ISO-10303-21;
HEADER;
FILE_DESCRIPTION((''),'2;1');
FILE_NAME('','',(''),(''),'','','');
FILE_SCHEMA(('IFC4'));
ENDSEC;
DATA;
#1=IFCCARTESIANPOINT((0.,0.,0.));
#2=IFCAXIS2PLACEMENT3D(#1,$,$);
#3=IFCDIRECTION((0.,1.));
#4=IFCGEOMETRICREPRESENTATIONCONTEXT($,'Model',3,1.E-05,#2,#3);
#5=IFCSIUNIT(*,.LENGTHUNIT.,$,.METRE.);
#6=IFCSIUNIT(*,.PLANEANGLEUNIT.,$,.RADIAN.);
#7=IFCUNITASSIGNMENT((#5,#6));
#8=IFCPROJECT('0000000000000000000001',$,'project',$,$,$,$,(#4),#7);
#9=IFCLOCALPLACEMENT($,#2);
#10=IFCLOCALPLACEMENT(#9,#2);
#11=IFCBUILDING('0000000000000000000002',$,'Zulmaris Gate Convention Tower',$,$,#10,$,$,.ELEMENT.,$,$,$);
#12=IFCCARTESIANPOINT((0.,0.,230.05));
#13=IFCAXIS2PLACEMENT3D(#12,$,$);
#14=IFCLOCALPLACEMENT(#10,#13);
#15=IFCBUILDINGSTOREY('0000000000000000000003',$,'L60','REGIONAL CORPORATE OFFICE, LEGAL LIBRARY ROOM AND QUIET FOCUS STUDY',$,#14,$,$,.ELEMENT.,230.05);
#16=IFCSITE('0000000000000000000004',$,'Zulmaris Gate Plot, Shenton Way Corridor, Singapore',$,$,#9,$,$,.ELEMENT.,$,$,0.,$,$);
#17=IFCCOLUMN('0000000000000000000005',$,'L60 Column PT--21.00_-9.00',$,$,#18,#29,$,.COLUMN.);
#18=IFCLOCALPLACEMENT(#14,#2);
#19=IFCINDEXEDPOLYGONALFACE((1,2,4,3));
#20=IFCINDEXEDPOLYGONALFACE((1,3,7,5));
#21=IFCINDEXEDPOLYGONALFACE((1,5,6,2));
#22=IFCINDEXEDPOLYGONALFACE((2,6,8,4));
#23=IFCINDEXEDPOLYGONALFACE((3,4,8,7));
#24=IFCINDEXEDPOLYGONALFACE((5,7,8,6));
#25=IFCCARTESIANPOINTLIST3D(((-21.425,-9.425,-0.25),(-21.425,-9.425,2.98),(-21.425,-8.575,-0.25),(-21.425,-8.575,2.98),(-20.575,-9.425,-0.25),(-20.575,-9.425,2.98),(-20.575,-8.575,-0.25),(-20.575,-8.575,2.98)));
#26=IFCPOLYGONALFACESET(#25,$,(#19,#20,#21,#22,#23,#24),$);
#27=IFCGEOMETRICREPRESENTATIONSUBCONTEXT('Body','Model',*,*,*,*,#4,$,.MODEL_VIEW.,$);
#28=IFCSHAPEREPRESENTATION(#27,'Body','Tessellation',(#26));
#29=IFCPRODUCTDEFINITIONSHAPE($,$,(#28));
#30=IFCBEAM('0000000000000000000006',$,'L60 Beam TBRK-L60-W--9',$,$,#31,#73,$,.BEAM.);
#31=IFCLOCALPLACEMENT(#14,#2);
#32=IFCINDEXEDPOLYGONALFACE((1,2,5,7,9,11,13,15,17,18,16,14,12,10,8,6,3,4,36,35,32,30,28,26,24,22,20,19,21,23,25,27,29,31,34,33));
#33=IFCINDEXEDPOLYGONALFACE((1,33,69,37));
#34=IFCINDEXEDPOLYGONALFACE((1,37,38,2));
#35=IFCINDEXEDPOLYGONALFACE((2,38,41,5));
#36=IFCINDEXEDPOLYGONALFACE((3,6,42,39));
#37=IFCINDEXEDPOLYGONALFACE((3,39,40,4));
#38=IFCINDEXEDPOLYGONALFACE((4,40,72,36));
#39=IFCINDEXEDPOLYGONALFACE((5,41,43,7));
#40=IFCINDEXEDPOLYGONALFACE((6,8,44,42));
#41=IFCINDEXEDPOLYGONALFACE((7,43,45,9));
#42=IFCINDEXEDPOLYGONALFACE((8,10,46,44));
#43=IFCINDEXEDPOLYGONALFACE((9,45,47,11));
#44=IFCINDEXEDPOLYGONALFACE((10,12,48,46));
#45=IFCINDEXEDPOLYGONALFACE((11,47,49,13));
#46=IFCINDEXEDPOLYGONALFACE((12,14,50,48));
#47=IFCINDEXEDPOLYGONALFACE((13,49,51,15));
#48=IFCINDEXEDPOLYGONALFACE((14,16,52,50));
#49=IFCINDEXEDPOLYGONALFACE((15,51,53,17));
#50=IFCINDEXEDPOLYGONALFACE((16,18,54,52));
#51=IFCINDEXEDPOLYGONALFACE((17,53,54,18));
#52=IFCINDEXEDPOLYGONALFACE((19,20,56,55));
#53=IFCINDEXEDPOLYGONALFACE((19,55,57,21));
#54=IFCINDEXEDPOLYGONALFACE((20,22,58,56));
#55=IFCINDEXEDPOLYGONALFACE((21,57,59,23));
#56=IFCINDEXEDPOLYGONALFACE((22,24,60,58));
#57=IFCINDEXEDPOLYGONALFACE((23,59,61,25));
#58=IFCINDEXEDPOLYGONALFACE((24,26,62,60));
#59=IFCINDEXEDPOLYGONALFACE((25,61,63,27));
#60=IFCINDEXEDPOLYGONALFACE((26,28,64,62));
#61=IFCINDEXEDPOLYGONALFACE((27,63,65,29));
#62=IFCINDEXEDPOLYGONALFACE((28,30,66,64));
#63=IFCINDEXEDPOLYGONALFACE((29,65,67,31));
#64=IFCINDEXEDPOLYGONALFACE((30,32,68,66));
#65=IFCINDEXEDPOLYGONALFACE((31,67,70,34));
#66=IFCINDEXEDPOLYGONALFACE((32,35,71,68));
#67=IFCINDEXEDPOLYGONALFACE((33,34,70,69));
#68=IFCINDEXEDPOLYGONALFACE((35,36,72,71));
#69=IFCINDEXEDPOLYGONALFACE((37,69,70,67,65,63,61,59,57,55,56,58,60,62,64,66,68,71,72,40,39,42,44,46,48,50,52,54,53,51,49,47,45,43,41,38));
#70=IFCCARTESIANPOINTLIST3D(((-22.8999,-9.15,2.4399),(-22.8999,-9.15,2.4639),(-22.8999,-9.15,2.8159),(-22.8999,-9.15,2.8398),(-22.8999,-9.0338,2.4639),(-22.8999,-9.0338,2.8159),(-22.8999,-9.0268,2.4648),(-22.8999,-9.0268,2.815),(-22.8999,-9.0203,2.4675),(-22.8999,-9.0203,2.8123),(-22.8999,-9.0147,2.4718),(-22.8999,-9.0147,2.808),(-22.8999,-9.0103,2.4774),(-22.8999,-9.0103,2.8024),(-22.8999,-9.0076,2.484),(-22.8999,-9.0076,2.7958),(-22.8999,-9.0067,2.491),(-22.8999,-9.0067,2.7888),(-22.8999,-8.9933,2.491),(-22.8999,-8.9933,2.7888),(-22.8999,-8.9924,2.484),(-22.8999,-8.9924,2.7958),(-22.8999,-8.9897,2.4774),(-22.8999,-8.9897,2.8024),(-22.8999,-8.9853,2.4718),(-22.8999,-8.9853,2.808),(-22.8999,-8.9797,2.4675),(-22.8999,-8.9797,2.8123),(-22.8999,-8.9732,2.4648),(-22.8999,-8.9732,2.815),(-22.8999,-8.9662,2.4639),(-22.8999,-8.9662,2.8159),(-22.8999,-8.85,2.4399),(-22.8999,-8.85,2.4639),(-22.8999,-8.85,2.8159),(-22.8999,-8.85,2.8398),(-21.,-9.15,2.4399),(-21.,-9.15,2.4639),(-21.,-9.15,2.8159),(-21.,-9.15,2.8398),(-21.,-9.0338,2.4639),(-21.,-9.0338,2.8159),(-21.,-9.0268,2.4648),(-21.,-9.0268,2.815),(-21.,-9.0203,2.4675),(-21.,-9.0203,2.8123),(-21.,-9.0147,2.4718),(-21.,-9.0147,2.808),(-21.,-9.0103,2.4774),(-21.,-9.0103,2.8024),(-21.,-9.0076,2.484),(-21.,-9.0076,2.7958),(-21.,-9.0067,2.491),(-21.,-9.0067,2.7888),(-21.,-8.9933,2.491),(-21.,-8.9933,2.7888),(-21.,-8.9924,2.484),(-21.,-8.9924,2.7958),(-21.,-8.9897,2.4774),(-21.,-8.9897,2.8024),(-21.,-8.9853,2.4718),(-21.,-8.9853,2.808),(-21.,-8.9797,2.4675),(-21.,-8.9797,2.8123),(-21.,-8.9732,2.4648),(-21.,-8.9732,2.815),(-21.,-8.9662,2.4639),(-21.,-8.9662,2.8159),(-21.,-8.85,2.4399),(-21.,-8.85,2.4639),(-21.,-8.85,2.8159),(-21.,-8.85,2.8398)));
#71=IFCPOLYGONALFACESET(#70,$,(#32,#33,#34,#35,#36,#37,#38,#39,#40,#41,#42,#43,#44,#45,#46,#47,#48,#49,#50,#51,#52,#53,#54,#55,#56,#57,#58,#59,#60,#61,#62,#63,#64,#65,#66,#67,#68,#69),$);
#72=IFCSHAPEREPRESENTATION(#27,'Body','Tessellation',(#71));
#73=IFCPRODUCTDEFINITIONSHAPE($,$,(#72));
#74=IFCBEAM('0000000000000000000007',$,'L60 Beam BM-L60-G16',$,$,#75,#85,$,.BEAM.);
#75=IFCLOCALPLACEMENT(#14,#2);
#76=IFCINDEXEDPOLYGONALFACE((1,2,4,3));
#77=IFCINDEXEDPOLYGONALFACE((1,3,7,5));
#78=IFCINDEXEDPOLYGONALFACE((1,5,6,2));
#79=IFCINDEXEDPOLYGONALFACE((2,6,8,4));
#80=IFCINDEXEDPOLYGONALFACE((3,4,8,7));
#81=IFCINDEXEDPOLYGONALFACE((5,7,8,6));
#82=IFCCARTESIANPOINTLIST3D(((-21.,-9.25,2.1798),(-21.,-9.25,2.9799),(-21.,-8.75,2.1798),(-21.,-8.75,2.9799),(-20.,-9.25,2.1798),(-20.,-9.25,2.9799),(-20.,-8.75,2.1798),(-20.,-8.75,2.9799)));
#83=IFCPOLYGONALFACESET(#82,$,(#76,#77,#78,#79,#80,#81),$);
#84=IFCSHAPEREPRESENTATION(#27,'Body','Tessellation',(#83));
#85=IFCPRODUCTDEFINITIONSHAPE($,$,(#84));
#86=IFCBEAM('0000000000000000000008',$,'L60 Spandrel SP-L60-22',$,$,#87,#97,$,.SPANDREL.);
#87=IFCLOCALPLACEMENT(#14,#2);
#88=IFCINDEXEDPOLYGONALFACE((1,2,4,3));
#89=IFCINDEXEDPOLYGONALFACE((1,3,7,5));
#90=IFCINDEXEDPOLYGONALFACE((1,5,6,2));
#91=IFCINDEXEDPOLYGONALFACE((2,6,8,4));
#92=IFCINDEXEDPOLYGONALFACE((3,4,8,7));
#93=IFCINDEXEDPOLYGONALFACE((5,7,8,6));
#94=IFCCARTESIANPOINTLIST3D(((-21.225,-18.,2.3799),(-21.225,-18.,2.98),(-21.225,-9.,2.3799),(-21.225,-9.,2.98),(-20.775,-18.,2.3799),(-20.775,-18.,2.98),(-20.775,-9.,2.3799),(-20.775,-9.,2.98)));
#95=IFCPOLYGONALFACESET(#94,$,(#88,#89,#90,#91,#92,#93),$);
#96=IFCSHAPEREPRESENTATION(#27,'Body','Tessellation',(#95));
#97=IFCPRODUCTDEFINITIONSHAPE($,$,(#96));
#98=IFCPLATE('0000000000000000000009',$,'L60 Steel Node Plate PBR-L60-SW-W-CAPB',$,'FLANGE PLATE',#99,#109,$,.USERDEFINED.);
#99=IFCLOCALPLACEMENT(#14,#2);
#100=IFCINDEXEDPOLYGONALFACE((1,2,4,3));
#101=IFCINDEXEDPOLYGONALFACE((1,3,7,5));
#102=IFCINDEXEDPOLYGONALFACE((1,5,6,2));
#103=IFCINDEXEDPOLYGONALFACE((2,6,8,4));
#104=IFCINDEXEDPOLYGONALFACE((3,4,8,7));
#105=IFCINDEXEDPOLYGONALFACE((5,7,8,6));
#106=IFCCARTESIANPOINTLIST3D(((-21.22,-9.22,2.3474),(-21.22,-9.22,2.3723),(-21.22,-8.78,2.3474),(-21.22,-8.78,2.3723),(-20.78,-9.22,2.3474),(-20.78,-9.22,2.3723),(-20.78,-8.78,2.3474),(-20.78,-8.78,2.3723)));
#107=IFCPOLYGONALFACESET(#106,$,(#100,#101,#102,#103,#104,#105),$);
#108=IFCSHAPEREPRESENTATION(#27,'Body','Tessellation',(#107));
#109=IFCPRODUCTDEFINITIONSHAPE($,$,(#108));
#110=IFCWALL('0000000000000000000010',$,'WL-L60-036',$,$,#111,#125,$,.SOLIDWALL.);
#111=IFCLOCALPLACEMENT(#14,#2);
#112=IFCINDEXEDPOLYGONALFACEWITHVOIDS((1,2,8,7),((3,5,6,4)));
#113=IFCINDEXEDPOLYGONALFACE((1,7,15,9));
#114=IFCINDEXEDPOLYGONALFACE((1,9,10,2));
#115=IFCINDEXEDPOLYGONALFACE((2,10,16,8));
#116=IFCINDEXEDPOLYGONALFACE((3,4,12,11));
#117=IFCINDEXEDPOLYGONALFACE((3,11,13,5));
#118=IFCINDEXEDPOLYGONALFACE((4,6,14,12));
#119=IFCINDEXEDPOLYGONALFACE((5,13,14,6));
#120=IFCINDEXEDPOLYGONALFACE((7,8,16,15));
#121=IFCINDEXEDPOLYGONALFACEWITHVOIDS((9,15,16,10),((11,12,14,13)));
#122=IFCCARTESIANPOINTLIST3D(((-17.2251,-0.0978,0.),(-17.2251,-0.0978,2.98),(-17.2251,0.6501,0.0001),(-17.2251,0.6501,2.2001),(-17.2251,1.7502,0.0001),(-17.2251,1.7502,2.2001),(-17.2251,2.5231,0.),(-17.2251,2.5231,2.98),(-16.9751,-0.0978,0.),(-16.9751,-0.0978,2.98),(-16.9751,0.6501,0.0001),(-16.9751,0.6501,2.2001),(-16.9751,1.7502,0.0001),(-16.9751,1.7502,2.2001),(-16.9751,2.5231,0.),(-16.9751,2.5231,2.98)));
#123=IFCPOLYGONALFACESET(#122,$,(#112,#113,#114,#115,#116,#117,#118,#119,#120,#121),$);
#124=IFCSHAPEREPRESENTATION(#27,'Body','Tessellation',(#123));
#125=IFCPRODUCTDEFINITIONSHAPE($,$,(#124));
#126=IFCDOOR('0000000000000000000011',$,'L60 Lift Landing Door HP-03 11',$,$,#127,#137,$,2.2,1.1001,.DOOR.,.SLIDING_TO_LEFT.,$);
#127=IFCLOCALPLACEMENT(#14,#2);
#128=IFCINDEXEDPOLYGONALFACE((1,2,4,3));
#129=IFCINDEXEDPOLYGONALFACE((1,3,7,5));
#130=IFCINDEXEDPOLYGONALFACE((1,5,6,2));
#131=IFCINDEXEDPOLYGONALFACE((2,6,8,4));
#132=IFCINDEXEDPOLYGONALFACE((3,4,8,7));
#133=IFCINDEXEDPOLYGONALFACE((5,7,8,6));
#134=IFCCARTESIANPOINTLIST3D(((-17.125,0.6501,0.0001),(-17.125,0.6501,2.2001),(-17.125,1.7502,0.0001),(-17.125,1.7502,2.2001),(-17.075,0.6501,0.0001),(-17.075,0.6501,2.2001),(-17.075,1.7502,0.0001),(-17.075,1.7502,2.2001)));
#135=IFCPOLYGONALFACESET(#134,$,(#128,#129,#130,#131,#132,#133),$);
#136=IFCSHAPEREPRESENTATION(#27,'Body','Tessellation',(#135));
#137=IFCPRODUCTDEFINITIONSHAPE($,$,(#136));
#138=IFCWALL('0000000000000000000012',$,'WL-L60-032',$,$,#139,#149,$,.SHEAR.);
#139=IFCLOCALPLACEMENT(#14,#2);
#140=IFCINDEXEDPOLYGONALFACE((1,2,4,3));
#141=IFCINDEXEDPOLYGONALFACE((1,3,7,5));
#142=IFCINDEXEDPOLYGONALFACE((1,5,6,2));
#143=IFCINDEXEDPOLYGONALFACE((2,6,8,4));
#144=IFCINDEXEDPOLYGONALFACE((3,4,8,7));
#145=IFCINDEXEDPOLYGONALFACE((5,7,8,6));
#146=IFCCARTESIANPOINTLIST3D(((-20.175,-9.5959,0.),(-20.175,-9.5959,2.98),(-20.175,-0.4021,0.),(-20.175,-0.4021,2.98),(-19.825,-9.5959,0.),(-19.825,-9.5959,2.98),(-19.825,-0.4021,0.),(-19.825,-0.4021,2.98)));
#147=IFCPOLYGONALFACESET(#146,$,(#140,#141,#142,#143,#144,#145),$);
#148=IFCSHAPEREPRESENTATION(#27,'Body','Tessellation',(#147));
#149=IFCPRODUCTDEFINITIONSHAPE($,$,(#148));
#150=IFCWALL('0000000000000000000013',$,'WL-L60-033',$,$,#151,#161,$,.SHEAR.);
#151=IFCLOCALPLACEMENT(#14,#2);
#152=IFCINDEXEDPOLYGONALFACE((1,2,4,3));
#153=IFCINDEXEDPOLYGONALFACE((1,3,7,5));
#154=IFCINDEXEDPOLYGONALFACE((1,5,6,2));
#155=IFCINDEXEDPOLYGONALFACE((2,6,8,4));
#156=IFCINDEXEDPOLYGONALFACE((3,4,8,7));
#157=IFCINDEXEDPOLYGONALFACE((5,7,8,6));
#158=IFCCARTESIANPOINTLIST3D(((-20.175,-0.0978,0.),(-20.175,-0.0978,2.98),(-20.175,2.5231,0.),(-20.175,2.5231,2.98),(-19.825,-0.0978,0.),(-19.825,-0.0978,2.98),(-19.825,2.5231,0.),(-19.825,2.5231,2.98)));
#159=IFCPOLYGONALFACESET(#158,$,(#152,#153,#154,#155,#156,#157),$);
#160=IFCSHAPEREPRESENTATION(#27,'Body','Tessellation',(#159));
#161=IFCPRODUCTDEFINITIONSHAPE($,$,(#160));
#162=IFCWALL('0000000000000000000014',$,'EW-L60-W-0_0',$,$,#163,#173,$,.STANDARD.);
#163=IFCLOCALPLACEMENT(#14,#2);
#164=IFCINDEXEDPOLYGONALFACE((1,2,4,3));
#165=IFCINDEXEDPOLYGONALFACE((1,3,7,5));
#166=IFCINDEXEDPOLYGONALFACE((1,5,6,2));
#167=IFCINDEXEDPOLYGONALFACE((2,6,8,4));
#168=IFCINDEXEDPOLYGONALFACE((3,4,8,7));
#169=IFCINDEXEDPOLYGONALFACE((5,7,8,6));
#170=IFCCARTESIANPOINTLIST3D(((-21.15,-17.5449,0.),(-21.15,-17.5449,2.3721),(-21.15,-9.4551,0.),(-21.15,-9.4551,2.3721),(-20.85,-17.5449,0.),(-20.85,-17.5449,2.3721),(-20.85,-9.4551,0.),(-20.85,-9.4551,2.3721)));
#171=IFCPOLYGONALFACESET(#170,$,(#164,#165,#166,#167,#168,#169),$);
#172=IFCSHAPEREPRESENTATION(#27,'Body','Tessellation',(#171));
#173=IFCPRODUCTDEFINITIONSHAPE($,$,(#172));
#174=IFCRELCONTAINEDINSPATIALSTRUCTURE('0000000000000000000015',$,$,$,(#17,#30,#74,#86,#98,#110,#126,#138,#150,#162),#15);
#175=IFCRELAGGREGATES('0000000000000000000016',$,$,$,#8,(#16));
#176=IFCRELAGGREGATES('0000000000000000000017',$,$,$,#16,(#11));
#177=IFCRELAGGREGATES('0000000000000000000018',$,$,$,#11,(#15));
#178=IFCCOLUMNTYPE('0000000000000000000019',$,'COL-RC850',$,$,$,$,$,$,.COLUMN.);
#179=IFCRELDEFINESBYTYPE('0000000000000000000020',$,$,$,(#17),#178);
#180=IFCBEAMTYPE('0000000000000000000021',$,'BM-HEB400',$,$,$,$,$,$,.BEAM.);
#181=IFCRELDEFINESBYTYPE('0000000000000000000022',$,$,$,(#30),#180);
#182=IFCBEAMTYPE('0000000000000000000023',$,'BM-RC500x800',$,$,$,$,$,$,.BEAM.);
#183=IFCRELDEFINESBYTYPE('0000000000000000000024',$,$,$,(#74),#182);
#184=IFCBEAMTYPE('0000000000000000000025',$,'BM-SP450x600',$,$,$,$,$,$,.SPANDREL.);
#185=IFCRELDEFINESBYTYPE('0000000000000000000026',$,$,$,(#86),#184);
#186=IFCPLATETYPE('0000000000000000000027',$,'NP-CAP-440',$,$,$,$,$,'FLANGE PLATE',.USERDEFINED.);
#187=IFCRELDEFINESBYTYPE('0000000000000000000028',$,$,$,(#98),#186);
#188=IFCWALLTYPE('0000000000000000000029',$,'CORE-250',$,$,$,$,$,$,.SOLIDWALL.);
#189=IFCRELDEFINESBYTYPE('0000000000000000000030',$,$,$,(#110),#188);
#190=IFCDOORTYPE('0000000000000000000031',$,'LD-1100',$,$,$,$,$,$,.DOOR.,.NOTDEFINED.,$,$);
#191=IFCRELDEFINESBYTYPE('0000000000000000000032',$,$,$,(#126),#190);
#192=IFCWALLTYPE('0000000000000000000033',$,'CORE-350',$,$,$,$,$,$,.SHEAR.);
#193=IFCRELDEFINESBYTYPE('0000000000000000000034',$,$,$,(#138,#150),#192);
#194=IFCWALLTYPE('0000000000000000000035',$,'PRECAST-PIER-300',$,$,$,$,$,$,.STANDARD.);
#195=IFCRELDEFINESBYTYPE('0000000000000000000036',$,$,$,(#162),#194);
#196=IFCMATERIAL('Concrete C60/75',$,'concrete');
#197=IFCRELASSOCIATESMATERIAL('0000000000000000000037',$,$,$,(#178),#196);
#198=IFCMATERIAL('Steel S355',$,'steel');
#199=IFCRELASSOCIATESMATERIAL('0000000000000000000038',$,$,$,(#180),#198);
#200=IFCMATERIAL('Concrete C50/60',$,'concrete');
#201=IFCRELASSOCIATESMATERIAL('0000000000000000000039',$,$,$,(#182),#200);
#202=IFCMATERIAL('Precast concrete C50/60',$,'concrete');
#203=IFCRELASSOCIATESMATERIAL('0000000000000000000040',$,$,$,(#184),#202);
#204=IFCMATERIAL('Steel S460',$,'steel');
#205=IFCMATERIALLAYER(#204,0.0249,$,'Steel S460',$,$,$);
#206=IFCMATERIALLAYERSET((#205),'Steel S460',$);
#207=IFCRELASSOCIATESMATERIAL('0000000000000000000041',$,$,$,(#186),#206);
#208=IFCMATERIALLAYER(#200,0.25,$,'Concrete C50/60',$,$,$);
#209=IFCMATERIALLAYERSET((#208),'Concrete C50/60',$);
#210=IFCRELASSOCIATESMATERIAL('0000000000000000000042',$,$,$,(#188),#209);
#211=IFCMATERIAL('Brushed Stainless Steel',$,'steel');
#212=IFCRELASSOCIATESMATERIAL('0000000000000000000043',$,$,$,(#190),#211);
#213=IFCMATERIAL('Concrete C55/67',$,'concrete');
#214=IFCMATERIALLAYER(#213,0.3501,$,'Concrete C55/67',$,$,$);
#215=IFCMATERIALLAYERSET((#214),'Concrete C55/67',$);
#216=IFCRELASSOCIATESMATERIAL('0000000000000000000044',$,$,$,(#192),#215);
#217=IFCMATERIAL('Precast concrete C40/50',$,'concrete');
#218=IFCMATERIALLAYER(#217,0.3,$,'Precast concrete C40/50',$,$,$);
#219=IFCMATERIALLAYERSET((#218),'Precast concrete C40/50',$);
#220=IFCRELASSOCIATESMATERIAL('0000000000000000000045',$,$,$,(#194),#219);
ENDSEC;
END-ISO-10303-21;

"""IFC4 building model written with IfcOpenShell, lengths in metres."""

from ifc_helpers import new_model, si_unit, direction, frame, frame_2d, origin, origin_2d, place, context, subcontext, project, spatial, rectangle, i_section, extrude, material, layer, layer_set, material_profile, profile_set, type_object, element, fill, save


model = new_model("IFC4")

# Units and contexts
model_context = context("Model", 3, precision=1e-05, world=origin(), true_north=direction((0.0, 1.0)))
body_context = subcontext(model_context, "Body", "Model", "MODEL_VIEW")
ifc_project = project(units=[si_unit("LENGTHUNIT", "METRE"), si_unit("PLANEANGLEUNIT", "RADIAN")], contexts=[model_context])

# Site, building, storey
site_placement = place(None, origin())
site = spatial("IfcSite", under=ifc_project, at=site_placement, Name="Zulmaris Gate Plot, Shenton Way Corridor, Singapore", CompositionType="ELEMENT", RefElevation=0.0)
building_placement = place(site_placement, origin())
building = spatial("IfcBuilding", under=site, at=building_placement, Name="Zulmaris Gate Convention Tower", CompositionType="ELEMENT")
storey_placement = place(building_placement, frame((0.0, 0.0, 230.05)))
storey = spatial("IfcBuildingStorey", under=building, at=storey_placement, Name="L60", Description="REGIONAL CORPORATE OFFICE, LEGAL LIBRARY ROOM AND QUIET FOCUS STUDY", CompositionType="ELEMENT", Elevation=230.05)

# Column
ifc_material_1 = material(Name="Concrete C60/75", Category="concrete")
ifc_material_profile_1 = material_profile(ifc_material_1, rectangle(XDim=0.8501, YDim=0.8501, at=origin_2d()), Name="RC COL 850x850")
ifc_profile_set_1 = profile_set([ifc_material_profile_1], Name="Concrete C60/75")
column_type = type_object("IfcColumnType", Name="COL-RC850", PredefinedType="COLUMN", material=ifc_profile_set_1)
column_placement = place(storey_placement, frame((-21.0, -9.0, -0.25), z_axis=(0.0, 0.0, 1.0), x_axis=(1.0, 0.0, 0.0)))
element("IfcColumn", 1, at=column_placement, inside=storey, type_object=column_type, Name="L60 Column PT--21.00_-9.00", PredefinedType="COLUMN", context=body_context, shape_type="SweptSolid", body=[
    extrude(rectangle(XDim=0.8501, YDim=0.8501, at=origin_2d()), origin(), (0.0, 0.0, 1.0), 3.23),
])

# Beams
ifc_material_2 = material(Name="Steel S355", Category="steel")
ifc_material_profile_2 = material_profile(ifc_material_2, i_section(OverallWidth=0.3, OverallDepth=0.3999, WebThickness=0.0134, FlangeThickness=0.0239, FilletRadius=0.0271, at=origin_2d()), Name="HEB 400")
ifc_profile_set_2 = profile_set([ifc_material_profile_2], Name="Steel S355")
beam_type_1 = type_object("IfcBeamType", Name="BM-HEB400", PredefinedType="BEAM", material=ifc_profile_set_2)
beam_1_placement = place(storey_placement, frame((-22.8999, -9.0, 2.6399), z_axis=(1.0, 0.0, 0.0), x_axis=(0.0, 1.0, 0.0)))
element("IfcBeam", 2, at=beam_1_placement, inside=storey, type_object=beam_type_1, Name="L60 Beam TBRK-L60-W--9", PredefinedType="BEAM", context=body_context, shape_type="SweptSolid", body=[
    extrude(i_section(OverallWidth=0.3, OverallDepth=0.3999, WebThickness=0.0134, FlangeThickness=0.0239, FilletRadius=0.0271, at=origin_2d()), origin(), (0.0, 0.0, 1.0), 1.8999),
])
ifc_material_3 = material(Name="Concrete C50/60", Category="concrete")
ifc_material_profile_3 = material_profile(ifc_material_3, rectangle(XDim=0.5, YDim=0.8, at=origin_2d()), Name="RC BEAM 500x800")
ifc_profile_set_3 = profile_set([ifc_material_profile_3], Name="Concrete C50/60")
beam_type_2 = type_object("IfcBeamType", Name="BM-RC500x800", PredefinedType="BEAM", material=ifc_profile_set_3)
beam_2_placement = place(storey_placement, frame((-21.0, -9.0, 2.5798), z_axis=(1.0, 0.0, 0.0), x_axis=(0.0, 1.0, 0.0)))
element("IfcBeam", 3, at=beam_2_placement, inside=storey, type_object=beam_type_2, Name="L60 Beam BM-L60-G16", PredefinedType="BEAM", context=body_context, shape_type="SweptSolid", body=[
    extrude(rectangle(XDim=0.5, YDim=0.8, at=origin_2d()), origin(), (0.0, 0.0, 1.0), 1.0),
])
ifc_material_4 = material(Name="Precast concrete C50/60", Category="concrete")
ifc_material_profile_4 = material_profile(ifc_material_4, rectangle(XDim=0.45, YDim=0.6001, at=origin_2d()), Name="RC SPANDREL 450x600")
ifc_profile_set_4 = profile_set([ifc_material_profile_4], Name="Precast concrete C50/60")
beam_type_3 = type_object("IfcBeamType", Name="BM-SP450x600", PredefinedType="SPANDREL", material=ifc_profile_set_4)
beam_3_placement = place(storey_placement, frame((-21.0, -9.0, 2.6799), z_axis=(0.0, -1.0, 0.0), x_axis=(1.0, 0.0, 0.0)))
element("IfcBeam", 4, at=beam_3_placement, inside=storey, type_object=beam_type_3, Name="L60 Spandrel SP-L60-22", PredefinedType="SPANDREL", context=body_context, shape_type="SweptSolid", body=[
    extrude(rectangle(XDim=0.45, YDim=0.6001, at=origin_2d()), origin(), (0.0, 0.0, 1.0), 9.0),
])

# Plate
ifc_material_5 = material(Name="Steel S460", Category="steel")
ifc_layer_1 = layer(ifc_material_5, 0.0249, Name="Steel S460")
ifc_layer_set_1 = layer_set([ifc_layer_1], Name="Steel S460")
plate_type = type_object("IfcPlateType", Name="NP-CAP-440", ElementType="FLANGE PLATE", PredefinedType="USERDEFINED", material=ifc_layer_set_1)
plate_placement = place(storey_placement, frame((-21.0, -9.0, 2.3474), z_axis=(0.0, 0.0, 1.0), x_axis=(1.0, 0.0, 0.0)))
element("IfcPlate", 5, at=plate_placement, inside=storey, type_object=plate_type, Name="L60 Steel Node Plate PBR-L60-SW-W-CAPB", ObjectType="FLANGE PLATE", PredefinedType="USERDEFINED", context=body_context, shape_type="SweptSolid", body=[
    extrude(rectangle(XDim=0.4399, YDim=0.4399, at=origin_2d()), origin(), (0.0, 0.0, 1.0), 0.0249),
])

# Wall, opening, door
ifc_layer_2 = layer(ifc_material_3, 0.25, Name="Concrete C50/60")
ifc_layer_set_2 = layer_set([ifc_layer_2], Name="Concrete C50/60")
wall_type_1 = type_object("IfcWallType", Name="CORE-250", PredefinedType="SOLIDWALL", material=ifc_layer_set_2)
wall_1_placement = place(storey_placement, frame((-17.1001, -0.0979, 0.0), z_axis=(0.0, 0.0, 1.0), x_axis=(0.0, 1.0, 0.0)))
wall_1 = element("IfcWall", 6, at=wall_1_placement, inside=storey, type_object=wall_type_1, Name="WL-L60-036", PredefinedType="SOLIDWALL", context=body_context, shape_type="SweptSolid", body=[
    extrude(rectangle(XDim=2.6208, YDim=0.25, at=frame_2d((1.3105, 0.0))), origin(), (0.0, 0.0, 1.0), 2.98),
])
opening_1_placement = place(wall_1_placement, frame((0.748, 0.0, 0.0)))
opening_1 = element("IfcOpeningElement", 7, at=opening_1_placement, cuts=wall_1, PredefinedType="OPENING", context=body_context, shape_type="SweptSolid", body=[
    extrude(rectangle(XDim=1.1001, YDim=2.2, at=frame_2d((0.55, 1.1001))), frame((0.0, 0.135, 0.0), z_axis=(0.0, -1.0, 0.0), x_axis=(1.0, 0.0, 0.0)), (0.0, 0.0, 1.0), 0.27),
])
ifc_material_6 = material(Name="Brushed Stainless Steel", Category="steel")
door_type_1 = type_object("IfcDoorType", Name="LD-1100", OperationType="NOTDEFINED", PredefinedType="DOOR", material=ifc_material_6)
door_1_placement = place(opening_1_placement, origin())
door_1 = element("IfcDoor", 8, at=door_1_placement, inside=storey, type_object=door_type_1, Name="L60 Lift Landing Door HP-03 11", OperationType="SLIDING_TO_LEFT", OverallHeight=2.2, OverallWidth=1.1001, PredefinedType="DOOR", context=body_context, shape_type="SweptSolid", body=[
    extrude(rectangle(XDim=1.1001, YDim=2.2, at=frame_2d((0.55, 1.1001))), frame((0.0, 0.0249, 0.0), z_axis=(0.0, -1.0, 0.0), x_axis=(1.0, 0.0, 0.0)), (0.0, 0.0, 1.0), 0.05),
])
fill(opening_1, door_1)

# Walls
ifc_material_7 = material(Name="Concrete C55/67", Category="concrete")
ifc_layer_3 = layer(ifc_material_7, 0.3501, Name="Concrete C55/67")
ifc_layer_set_3 = layer_set([ifc_layer_3], Name="Concrete C55/67")
wall_type_2 = type_object("IfcWallType", Name="CORE-350", PredefinedType="SHEAR", material=ifc_layer_set_3)
wall_2_placement = place(storey_placement, frame((-20.0, -9.5959, 0.0), z_axis=(0.0, 0.0, 1.0), x_axis=(0.0, 1.0, 0.0)))
element("IfcWall", 9, at=wall_2_placement, inside=storey, type_object=wall_type_2, Name="WL-L60-032", PredefinedType="SHEAR", context=body_context, shape_type="SweptSolid", body=[
    extrude(rectangle(XDim=9.1938, YDim=0.3501, at=frame_2d((4.5969, 0.0))), origin(), (0.0, 0.0, 1.0), 2.98),
])
wall_3_placement = place(storey_placement, frame((-20.0, -0.0979, 0.0), z_axis=(0.0, 0.0, 1.0), x_axis=(0.0, 1.0, 0.0)))
element("IfcWall", 10, at=wall_3_placement, inside=storey, type_object=wall_type_2, Name="WL-L60-033", PredefinedType="SHEAR", context=body_context, shape_type="SweptSolid", body=[
    extrude(rectangle(XDim=2.6208, YDim=0.3501, at=frame_2d((1.3105, 0.0))), origin(), (0.0, 0.0, 1.0), 2.98),
])
ifc_material_8 = material(Name="Precast concrete C40/50", Category="concrete")
ifc_layer_4 = layer(ifc_material_8, 0.3, Name="Precast concrete C40/50")
ifc_layer_set_4 = layer_set([ifc_layer_4], Name="Precast concrete C40/50")
wall_type_3 = type_object("IfcWallType", Name="PRECAST-PIER-300", PredefinedType="STANDARD", material=ifc_layer_set_4)
wall_4_placement = place(storey_placement, frame((-21.0, -9.4551, 0.0), z_axis=(0.0, 0.0, 1.0), x_axis=(0.0, -1.0, 0.0)))
element("IfcWall", 11, at=wall_4_placement, inside=storey, type_object=wall_type_3, Name="EW-L60-W-0_0", PredefinedType="STANDARD", context=body_context, shape_type="SweptSolid", body=[
    extrude(rectangle(XDim=8.0898, YDim=0.3, at=frame_2d((4.0449, 0.0))), origin(), (0.0, 0.0, 1.0), 2.3721),
])

save(model, "model.ifc")
